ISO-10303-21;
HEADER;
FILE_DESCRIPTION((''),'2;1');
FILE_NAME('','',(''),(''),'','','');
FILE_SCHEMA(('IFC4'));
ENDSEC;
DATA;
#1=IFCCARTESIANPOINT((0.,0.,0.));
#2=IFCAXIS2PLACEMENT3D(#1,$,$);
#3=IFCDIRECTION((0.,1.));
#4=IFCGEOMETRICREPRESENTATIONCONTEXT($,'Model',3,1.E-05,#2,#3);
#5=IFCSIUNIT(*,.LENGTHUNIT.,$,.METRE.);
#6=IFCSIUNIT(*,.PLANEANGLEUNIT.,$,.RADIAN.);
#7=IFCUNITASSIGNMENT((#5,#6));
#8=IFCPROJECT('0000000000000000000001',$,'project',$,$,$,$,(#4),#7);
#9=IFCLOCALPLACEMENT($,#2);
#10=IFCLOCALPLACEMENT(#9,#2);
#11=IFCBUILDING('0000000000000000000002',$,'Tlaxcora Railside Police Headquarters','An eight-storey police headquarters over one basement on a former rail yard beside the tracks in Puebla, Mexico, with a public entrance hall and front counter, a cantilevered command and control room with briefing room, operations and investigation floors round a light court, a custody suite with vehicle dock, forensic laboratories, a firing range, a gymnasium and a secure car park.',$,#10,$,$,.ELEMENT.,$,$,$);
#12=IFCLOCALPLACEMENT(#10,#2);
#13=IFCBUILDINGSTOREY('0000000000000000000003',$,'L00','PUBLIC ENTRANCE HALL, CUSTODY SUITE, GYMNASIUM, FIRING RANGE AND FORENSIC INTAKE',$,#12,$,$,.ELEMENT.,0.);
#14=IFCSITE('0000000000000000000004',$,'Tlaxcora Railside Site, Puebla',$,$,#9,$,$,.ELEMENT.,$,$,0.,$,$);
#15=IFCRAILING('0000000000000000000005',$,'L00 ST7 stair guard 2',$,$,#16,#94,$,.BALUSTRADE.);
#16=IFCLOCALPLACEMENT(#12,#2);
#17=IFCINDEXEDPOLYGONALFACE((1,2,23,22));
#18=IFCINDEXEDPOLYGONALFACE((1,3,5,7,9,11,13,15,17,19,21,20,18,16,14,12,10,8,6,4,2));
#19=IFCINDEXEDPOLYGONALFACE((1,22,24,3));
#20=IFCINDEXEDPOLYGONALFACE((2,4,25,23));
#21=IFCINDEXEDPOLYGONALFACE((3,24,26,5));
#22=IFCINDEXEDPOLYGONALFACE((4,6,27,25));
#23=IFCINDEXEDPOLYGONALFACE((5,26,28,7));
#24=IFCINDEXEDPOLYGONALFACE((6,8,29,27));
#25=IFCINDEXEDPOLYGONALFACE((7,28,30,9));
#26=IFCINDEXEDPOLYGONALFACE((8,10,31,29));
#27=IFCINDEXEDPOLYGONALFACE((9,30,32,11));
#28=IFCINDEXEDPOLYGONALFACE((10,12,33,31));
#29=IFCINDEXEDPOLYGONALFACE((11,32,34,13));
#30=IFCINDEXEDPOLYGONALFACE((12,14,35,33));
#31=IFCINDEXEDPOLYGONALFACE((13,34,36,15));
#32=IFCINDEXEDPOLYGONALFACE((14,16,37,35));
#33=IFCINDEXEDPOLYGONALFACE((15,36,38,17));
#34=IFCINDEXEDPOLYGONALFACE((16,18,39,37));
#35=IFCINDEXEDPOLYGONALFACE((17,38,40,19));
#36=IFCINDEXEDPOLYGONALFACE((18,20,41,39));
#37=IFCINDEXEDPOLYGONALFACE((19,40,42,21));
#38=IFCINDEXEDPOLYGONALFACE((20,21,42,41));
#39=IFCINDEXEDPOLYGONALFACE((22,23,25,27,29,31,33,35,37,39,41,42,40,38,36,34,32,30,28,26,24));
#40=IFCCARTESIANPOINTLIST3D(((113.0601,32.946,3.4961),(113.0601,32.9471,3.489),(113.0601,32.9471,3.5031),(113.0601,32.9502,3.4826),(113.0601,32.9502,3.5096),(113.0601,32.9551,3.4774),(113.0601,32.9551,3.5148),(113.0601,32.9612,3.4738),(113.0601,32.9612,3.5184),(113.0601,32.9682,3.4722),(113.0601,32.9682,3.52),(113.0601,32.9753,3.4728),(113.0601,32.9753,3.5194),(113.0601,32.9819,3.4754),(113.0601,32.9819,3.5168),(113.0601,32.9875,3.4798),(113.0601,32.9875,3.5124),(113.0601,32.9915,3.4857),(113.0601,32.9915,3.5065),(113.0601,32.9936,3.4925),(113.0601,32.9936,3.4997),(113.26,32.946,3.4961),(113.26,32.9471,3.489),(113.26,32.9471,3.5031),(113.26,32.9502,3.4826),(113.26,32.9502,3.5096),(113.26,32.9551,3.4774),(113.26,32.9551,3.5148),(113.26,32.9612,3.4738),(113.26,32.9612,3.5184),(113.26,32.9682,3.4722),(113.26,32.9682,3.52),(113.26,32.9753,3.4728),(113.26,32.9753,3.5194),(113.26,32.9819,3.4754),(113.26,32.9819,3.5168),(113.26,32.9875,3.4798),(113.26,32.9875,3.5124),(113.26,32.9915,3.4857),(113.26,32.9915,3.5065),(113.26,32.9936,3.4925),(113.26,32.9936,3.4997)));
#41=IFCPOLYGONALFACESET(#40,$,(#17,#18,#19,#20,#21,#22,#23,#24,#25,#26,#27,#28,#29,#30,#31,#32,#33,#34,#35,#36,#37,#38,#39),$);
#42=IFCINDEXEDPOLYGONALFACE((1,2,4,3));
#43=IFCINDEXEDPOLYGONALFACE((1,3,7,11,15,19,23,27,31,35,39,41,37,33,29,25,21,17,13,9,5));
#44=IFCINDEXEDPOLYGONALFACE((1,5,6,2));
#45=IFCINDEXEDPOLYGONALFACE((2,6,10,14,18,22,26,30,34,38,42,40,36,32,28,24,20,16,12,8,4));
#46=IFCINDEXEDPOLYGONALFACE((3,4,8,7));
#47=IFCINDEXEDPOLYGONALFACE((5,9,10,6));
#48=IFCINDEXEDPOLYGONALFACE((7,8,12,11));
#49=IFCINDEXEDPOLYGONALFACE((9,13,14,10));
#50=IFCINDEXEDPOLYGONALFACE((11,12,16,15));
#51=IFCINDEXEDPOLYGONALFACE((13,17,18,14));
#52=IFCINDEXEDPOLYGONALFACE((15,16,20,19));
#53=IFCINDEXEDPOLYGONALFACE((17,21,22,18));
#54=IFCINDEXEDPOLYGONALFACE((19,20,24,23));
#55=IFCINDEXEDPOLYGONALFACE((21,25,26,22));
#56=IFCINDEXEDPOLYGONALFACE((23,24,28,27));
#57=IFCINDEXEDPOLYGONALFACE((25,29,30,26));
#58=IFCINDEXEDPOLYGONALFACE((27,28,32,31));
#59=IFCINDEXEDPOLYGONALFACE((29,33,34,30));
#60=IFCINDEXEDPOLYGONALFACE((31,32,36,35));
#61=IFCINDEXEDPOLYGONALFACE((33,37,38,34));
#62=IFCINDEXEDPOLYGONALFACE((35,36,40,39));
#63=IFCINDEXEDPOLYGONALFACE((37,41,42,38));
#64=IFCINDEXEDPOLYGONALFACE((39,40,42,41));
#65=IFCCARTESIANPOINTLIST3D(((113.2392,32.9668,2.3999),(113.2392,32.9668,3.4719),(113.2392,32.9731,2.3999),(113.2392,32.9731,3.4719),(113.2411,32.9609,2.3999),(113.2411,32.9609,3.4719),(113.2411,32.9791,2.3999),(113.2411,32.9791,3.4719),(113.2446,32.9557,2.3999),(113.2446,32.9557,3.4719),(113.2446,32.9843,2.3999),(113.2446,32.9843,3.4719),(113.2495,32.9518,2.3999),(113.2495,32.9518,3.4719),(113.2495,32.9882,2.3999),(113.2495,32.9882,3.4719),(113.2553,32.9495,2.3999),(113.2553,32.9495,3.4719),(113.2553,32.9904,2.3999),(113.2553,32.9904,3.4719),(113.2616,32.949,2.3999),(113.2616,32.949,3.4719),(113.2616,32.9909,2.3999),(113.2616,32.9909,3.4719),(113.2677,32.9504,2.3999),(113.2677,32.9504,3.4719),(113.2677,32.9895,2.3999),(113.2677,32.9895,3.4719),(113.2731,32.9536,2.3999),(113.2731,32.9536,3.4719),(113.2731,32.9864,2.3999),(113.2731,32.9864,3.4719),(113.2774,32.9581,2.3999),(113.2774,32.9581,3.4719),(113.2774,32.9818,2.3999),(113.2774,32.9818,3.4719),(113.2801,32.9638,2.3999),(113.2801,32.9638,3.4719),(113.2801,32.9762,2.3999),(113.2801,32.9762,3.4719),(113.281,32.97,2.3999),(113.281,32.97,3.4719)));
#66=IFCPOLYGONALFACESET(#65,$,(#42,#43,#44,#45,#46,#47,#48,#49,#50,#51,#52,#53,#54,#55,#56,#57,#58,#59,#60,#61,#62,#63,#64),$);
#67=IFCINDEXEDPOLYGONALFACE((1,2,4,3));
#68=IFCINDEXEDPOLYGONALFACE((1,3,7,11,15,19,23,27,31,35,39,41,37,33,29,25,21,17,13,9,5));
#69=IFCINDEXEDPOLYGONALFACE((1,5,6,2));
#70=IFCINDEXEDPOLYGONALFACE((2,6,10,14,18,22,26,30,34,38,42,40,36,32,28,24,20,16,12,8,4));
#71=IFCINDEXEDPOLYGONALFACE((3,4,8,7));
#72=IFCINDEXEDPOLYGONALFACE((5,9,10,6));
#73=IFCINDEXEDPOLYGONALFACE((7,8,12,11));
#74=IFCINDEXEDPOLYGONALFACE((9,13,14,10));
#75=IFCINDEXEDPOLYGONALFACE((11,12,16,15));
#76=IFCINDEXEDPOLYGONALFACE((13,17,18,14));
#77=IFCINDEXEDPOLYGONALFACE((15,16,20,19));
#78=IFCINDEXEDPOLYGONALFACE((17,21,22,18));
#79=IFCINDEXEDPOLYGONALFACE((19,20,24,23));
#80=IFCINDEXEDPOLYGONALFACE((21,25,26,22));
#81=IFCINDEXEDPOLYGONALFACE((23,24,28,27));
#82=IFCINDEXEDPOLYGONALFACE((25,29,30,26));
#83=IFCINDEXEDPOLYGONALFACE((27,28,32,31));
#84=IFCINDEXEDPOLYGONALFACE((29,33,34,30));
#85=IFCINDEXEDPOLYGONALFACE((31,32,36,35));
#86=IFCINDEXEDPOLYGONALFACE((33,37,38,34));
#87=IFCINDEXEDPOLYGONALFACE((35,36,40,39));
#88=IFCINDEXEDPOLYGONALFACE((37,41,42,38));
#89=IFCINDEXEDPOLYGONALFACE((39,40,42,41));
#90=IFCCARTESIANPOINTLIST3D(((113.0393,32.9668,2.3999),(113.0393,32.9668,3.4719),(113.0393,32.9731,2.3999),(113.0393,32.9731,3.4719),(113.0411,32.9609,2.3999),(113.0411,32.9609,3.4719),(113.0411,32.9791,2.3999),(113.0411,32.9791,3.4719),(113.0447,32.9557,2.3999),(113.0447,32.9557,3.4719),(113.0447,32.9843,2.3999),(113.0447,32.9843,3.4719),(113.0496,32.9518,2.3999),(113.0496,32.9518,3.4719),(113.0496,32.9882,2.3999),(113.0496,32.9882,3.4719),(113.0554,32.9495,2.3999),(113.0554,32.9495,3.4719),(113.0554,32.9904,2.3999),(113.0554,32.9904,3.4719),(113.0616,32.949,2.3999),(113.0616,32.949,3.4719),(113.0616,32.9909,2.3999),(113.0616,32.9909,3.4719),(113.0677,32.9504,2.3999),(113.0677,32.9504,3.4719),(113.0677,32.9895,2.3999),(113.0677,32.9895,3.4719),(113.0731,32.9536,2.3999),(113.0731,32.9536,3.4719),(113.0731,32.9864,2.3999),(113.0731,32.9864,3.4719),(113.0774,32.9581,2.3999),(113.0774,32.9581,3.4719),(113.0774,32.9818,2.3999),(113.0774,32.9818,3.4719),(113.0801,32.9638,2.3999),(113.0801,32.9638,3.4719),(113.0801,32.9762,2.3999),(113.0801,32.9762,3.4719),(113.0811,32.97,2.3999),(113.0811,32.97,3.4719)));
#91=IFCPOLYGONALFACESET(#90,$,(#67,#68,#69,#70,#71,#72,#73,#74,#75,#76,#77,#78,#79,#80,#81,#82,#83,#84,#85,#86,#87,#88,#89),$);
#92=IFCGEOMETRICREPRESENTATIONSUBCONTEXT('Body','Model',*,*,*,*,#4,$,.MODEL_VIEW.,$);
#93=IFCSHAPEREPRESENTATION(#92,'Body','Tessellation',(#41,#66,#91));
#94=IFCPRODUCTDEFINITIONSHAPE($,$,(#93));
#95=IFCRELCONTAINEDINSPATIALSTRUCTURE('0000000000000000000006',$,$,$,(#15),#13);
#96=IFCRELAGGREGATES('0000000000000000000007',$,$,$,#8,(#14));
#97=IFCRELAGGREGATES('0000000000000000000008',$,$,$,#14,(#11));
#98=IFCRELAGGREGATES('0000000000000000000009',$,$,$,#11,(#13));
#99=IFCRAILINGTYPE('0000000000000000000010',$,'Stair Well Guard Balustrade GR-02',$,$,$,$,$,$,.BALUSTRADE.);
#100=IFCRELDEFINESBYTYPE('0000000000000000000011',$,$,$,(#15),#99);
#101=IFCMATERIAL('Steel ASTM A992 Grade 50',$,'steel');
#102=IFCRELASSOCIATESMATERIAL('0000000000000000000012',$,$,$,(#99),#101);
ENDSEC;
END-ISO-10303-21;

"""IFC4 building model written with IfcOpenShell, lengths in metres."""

from ifc_helpers import new_model, si_unit, direction, frame, origin, origin_2d, place, context, subcontext, project, spatial, circle, extrude, material, type_object, element, save


model = new_model("IFC4")

# Units and contexts
model_context = context("Model", 3, precision=1e-05, world=origin(), true_north=direction((0.0, 1.0)))
body_context = subcontext(model_context, "Body", "Model", "MODEL_VIEW")
ifc_project = project(units=[si_unit("LENGTHUNIT", "METRE"), si_unit("PLANEANGLEUNIT", "RADIAN")], contexts=[model_context])

# Site, building, storey
site_placement = place(None, origin())
site = spatial("IfcSite", under=ifc_project, at=site_placement, Name="Tlaxcora Railside Site, Puebla", CompositionType="ELEMENT", RefElevation=0.0)
building_placement = place(site_placement, origin())
building = spatial("IfcBuilding", under=site, at=building_placement, Name="Tlaxcora Railside Police Headquarters", Description="An eight-storey police headquarters over one basement on a former rail yard beside the tracks in Puebla, Mexico, with a public entrance hall and front counter, a cantilevered command and control room with briefing room, operations and investigation floors round a light court, a custody suite with vehicle dock, forensic laboratories, a firing range, a gymnasium and a secure car park.", CompositionType="ELEMENT")
storey_placement = place(building_placement, origin())
storey = spatial("IfcBuildingStorey", under=building, at=storey_placement, Name="L00", Description="PUBLIC ENTRANCE HALL, CUSTODY SUITE, GYMNASIUM, FIRING RANGE AND FORENSIC INTAKE", CompositionType="ELEMENT", Elevation=0.0)

# Shared definitions
ifc_material_1 = material(Name="Steel ASTM A992 Grade 50", Category="steel")

# Railing
railing_type_1 = type_object("IfcRailingType", Name="Stair Well Guard Balustrade GR-02", PredefinedType="BALUSTRADE", material=ifc_material_1)
railing_1_placement = place(storey_placement, frame((113.26, 32.97, 2.3999)))
element("IfcRailing", 1, at=railing_1_placement, inside=storey, type_object=railing_type_1, Name="L00 ST7 stair guard 2", PredefinedType="BALUSTRADE", context=body_context, shape_type="SweptSolid", body=[
    extrude(circle(Radius=0.0239, at=origin_2d()), frame((0.0, 0.0, 1.0962), z_axis=(-1.0, 0.0, 0.0), x_axis=(0.0, -1.0, 0.0)), (0.0, 0.0, 1.0), 0.2),
    extrude(circle(Radius=0.021, at=origin_2d()), origin(), (0.0, 0.0, 1.0), 1.072),
    extrude(circle(Radius=0.021, at=origin_2d()), frame((-0.2, 0.0, 0.0)), (0.0, 0.0, 1.0), 1.072),
])

save(model, "model.ifc")
